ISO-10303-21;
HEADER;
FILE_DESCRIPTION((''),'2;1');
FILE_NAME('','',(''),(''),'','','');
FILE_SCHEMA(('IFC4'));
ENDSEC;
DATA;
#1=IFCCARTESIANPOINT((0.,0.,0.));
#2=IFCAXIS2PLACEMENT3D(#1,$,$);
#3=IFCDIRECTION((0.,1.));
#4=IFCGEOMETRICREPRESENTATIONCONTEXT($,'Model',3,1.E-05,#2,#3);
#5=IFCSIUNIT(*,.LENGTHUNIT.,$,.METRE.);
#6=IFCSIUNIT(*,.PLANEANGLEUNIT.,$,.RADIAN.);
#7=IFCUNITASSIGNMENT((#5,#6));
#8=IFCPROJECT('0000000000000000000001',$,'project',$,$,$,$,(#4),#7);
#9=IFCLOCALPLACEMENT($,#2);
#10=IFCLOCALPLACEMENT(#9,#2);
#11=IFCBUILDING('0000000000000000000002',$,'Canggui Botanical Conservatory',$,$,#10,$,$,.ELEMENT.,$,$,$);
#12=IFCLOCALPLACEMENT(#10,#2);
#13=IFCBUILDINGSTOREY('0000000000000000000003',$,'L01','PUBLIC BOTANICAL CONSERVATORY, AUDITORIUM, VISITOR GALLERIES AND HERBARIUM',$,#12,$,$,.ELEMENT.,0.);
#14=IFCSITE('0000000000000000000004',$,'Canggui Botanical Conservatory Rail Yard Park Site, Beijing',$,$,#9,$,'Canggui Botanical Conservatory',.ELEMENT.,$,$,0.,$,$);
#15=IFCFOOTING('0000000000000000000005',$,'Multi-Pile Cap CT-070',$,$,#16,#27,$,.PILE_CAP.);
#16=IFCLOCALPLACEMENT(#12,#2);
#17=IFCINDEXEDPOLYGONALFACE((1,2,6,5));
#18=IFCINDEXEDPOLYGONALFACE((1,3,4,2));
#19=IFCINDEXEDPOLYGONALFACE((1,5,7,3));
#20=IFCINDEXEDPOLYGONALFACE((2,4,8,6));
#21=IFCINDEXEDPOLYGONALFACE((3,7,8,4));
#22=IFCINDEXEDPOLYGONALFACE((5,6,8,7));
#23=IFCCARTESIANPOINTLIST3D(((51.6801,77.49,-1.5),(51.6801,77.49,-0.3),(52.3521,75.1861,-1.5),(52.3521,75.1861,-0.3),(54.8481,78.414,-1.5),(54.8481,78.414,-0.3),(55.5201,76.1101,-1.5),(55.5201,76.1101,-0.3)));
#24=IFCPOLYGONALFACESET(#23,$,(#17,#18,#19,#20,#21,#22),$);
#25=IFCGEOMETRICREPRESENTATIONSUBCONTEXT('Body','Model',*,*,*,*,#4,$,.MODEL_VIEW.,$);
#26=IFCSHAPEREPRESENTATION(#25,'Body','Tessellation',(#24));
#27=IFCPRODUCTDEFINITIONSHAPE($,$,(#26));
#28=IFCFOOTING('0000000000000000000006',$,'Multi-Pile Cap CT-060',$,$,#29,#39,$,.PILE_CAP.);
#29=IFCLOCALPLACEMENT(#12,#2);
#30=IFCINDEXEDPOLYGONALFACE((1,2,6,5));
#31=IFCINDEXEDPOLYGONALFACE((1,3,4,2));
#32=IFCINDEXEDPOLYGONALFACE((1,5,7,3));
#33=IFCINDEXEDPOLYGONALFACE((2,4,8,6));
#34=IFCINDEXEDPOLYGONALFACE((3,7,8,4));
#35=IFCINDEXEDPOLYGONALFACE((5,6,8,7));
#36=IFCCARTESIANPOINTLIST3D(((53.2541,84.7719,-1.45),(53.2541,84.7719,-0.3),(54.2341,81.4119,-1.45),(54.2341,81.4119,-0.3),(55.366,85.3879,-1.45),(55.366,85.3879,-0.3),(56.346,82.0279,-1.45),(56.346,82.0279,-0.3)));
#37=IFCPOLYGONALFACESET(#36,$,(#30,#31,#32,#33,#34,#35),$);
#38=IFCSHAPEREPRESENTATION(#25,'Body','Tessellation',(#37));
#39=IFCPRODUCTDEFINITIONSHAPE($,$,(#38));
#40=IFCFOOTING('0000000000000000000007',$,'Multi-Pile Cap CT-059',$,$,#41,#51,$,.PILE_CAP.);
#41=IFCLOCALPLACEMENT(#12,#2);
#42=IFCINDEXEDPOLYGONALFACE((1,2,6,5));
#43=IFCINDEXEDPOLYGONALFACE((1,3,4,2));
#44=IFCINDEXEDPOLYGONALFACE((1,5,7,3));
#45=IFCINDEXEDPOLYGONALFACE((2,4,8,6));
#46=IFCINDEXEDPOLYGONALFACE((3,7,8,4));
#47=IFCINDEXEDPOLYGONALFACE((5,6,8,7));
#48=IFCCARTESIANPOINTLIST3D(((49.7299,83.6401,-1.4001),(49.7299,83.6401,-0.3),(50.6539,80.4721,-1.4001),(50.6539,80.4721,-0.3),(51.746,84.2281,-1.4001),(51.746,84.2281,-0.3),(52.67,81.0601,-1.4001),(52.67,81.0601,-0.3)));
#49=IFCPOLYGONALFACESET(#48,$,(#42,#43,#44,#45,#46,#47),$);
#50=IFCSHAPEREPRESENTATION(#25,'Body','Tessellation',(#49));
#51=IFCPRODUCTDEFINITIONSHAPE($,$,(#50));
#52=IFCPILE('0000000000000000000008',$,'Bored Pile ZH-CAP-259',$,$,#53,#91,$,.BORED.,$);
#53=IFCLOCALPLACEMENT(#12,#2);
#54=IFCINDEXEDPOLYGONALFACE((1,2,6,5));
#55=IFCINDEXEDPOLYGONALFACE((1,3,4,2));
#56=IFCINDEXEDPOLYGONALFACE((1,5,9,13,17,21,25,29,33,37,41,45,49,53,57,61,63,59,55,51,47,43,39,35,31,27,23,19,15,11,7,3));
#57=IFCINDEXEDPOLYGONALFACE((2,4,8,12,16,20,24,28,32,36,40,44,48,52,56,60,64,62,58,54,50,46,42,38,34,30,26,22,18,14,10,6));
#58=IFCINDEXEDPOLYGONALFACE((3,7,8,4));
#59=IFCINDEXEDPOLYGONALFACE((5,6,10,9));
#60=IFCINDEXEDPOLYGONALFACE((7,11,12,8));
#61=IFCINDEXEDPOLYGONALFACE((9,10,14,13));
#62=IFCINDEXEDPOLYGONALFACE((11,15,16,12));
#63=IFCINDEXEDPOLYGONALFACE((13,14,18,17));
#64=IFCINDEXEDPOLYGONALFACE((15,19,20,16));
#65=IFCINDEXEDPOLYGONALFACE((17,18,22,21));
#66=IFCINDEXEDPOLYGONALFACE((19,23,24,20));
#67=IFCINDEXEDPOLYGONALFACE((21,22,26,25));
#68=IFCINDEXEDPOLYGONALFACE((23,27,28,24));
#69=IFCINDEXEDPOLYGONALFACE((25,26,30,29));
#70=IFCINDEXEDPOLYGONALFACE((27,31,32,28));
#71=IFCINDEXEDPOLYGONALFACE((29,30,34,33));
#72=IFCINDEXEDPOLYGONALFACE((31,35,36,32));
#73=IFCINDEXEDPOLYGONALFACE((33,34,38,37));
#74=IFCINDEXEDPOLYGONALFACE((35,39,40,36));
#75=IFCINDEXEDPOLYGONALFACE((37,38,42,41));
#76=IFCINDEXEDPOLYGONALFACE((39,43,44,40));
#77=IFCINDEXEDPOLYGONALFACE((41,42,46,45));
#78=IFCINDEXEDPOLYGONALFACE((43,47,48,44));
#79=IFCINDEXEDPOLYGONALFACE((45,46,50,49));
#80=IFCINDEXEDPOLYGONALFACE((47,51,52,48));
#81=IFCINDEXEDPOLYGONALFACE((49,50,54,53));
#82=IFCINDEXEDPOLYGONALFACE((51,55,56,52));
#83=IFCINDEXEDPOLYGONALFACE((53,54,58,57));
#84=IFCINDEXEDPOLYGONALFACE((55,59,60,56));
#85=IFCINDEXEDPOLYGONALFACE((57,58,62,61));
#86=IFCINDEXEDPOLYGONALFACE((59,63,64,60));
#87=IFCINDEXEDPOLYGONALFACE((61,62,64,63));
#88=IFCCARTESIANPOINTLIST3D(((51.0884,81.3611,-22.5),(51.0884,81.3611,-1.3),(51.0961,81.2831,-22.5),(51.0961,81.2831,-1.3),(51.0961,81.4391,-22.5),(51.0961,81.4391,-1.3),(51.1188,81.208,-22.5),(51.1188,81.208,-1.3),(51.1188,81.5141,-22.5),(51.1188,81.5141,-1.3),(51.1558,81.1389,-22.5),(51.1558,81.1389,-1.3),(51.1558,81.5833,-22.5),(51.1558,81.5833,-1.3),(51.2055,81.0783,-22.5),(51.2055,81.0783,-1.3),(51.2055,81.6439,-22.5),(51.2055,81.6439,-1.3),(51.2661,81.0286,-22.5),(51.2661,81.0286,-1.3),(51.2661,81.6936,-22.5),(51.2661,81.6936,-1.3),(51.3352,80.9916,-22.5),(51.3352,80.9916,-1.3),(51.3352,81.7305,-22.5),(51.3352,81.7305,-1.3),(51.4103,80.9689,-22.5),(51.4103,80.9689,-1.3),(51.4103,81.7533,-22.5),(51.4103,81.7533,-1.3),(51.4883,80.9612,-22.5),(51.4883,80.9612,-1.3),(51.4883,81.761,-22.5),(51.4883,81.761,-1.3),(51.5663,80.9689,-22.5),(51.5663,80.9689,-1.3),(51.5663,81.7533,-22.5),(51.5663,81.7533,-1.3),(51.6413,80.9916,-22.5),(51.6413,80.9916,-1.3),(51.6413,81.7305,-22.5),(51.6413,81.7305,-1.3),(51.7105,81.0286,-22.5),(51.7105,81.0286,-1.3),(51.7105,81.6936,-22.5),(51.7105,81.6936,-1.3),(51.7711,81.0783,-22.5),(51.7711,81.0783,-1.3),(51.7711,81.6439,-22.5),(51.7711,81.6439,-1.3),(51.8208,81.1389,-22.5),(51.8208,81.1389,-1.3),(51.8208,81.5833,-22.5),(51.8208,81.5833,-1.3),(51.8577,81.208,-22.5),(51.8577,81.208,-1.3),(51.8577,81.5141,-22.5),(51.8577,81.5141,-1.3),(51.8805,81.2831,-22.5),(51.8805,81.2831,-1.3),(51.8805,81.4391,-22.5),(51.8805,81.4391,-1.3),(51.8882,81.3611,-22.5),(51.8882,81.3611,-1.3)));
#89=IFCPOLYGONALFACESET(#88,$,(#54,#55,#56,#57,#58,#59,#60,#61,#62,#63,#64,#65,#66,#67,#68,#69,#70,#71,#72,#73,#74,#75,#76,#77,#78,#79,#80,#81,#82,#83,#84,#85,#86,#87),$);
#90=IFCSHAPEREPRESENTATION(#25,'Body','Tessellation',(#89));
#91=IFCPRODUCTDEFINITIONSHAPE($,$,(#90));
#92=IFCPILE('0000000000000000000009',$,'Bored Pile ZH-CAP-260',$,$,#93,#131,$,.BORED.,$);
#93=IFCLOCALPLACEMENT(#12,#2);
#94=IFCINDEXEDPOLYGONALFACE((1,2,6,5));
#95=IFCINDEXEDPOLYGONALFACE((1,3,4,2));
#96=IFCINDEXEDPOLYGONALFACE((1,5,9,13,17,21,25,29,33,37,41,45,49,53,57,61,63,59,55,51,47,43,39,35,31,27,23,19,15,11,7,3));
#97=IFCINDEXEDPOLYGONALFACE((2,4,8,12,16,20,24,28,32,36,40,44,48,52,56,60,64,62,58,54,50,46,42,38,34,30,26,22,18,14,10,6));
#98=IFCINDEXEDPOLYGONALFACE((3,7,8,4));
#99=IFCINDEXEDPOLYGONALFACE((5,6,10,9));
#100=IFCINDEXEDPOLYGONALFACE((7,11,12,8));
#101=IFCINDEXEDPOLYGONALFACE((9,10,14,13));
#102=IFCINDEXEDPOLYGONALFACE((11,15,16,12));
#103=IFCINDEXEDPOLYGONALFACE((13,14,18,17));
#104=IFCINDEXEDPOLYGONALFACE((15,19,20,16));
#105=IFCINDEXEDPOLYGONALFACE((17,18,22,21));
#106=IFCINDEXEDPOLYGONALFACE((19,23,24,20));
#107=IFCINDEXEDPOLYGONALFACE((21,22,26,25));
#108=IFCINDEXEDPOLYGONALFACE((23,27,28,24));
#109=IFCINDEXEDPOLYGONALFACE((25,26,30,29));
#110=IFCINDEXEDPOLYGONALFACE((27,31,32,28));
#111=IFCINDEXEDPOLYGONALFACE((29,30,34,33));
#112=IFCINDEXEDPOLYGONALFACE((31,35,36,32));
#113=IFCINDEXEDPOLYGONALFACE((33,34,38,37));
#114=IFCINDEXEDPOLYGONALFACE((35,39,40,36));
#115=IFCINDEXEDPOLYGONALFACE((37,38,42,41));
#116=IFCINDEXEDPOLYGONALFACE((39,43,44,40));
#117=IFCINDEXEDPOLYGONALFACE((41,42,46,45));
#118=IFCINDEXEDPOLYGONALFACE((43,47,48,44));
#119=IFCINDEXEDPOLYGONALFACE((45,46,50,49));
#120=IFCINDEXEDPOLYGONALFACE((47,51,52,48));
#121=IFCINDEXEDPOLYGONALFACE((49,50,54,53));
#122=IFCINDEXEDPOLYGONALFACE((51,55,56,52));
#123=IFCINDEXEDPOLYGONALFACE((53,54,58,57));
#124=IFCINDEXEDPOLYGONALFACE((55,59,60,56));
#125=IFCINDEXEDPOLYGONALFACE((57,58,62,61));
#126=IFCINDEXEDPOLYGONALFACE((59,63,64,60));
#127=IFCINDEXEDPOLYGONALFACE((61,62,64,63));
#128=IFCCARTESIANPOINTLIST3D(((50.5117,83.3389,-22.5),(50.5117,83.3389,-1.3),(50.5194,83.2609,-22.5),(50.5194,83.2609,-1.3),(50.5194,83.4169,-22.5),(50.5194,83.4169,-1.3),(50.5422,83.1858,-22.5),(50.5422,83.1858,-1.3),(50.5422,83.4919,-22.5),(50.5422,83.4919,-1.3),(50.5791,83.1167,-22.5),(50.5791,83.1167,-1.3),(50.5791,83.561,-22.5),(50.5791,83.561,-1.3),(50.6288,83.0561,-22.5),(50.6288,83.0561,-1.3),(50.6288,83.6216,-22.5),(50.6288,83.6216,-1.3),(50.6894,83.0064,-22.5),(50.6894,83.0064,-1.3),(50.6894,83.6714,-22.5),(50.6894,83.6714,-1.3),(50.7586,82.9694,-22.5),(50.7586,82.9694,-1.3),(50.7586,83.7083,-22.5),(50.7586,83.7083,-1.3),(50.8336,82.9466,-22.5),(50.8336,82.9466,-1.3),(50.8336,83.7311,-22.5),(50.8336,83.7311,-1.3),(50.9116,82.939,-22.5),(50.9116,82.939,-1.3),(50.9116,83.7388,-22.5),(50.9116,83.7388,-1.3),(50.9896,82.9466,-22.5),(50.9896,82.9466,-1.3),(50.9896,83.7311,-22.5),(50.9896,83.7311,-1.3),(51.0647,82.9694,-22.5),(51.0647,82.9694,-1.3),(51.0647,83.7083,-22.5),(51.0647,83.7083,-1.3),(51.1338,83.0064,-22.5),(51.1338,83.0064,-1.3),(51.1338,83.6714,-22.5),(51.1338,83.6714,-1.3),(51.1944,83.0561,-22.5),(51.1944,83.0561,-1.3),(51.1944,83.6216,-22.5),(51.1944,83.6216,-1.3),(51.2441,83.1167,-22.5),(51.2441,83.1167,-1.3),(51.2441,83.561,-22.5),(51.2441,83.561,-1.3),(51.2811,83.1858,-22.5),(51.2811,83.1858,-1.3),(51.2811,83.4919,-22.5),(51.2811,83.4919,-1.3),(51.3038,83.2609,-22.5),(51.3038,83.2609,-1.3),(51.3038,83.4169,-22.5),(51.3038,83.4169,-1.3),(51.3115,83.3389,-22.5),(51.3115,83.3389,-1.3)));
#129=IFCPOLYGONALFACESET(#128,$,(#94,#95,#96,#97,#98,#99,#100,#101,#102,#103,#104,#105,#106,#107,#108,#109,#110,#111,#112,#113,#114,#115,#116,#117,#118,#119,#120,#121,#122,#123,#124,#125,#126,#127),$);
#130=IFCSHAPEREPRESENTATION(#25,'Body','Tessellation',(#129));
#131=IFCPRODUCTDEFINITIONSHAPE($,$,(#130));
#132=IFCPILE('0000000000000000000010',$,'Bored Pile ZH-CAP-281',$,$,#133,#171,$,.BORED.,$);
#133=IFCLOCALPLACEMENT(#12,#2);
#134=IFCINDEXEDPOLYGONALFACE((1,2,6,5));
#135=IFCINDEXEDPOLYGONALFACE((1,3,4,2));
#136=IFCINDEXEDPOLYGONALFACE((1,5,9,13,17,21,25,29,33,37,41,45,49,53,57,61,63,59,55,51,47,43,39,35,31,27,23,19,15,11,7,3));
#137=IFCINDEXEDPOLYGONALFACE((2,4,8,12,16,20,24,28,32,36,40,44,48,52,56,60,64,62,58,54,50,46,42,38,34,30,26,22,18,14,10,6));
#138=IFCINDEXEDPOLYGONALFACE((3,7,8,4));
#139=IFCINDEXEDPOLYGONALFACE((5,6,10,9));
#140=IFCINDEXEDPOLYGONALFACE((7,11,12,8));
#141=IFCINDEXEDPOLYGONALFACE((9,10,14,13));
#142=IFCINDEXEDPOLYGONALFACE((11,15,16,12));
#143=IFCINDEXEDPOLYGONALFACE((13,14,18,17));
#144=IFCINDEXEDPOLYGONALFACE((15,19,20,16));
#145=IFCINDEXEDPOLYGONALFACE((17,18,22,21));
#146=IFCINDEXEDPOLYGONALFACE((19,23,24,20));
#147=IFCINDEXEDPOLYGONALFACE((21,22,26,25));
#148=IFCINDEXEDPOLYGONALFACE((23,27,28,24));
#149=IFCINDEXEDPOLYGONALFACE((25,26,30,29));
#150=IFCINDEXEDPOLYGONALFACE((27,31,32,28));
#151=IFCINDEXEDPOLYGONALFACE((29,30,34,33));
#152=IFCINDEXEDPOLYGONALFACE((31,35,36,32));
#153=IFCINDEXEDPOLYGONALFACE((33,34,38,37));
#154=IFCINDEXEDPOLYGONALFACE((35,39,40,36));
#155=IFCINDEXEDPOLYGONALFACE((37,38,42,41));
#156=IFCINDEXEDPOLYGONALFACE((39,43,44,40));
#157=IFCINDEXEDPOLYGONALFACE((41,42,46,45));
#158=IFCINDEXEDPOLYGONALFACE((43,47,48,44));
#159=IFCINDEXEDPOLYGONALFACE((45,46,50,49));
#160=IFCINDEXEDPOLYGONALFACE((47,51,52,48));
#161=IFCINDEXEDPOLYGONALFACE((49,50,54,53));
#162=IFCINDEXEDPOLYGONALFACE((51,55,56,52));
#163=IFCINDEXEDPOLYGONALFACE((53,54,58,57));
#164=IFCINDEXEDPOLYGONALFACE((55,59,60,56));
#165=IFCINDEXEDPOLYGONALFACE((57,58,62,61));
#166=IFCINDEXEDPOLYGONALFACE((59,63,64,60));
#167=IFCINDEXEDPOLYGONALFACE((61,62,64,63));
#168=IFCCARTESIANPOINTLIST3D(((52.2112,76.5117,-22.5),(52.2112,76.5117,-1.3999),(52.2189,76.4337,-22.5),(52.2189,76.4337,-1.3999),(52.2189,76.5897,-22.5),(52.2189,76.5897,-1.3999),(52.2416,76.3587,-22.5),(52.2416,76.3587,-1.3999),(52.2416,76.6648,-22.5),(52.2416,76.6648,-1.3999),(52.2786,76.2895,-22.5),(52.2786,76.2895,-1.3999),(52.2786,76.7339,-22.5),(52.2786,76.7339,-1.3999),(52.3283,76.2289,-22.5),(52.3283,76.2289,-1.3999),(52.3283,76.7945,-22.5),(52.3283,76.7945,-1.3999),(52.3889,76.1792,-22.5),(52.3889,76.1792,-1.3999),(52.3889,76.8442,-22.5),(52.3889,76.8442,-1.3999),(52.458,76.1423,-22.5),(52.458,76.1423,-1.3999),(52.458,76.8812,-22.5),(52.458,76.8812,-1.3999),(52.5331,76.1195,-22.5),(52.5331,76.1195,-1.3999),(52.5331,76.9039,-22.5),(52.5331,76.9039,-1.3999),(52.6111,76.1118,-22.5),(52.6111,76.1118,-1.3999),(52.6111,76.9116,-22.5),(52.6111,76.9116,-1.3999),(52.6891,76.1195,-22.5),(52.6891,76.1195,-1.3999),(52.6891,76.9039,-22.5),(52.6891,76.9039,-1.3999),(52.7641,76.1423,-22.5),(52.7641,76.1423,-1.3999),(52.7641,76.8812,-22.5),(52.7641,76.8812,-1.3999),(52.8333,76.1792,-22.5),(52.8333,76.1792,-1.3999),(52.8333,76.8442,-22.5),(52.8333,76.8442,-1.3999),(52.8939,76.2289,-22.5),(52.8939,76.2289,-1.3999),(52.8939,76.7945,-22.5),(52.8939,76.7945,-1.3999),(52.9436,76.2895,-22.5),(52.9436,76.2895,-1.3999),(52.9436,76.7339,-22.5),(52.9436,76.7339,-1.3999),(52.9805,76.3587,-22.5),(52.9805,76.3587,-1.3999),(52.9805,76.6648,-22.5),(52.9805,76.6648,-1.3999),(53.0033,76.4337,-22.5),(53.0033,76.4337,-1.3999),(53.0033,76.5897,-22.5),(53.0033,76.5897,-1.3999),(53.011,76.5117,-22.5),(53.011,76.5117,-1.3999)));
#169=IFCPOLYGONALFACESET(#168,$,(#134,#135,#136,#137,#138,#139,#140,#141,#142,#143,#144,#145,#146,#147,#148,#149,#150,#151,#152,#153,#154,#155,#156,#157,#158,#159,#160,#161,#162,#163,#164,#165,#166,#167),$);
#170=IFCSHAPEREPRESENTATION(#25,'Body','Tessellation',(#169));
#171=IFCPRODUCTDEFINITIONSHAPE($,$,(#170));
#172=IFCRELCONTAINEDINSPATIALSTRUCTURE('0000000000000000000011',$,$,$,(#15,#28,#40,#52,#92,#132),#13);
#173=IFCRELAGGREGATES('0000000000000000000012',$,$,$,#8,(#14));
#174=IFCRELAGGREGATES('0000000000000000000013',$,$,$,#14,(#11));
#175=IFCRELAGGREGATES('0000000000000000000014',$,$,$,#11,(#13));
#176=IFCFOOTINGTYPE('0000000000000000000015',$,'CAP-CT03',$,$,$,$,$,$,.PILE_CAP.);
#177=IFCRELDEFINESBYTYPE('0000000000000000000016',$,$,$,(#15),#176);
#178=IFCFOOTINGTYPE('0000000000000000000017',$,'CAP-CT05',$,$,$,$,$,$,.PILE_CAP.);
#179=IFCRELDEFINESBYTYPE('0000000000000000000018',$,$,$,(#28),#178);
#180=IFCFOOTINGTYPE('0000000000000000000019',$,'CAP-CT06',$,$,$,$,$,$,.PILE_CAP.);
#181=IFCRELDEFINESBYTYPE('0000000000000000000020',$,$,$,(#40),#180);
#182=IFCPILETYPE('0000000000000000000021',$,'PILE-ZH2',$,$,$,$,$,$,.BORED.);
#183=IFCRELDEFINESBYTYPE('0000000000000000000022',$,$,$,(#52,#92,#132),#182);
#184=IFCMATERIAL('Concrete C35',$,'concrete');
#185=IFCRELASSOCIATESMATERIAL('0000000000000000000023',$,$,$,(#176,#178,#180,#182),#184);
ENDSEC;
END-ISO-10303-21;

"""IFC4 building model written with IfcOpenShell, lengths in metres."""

from ifc_helpers import new_model, si_unit, direction, frame, origin, origin_2d, place, context, subcontext, project, spatial, rectangle, circle, extrude, material, material_profile, profile_set, type_object, element, save


model = new_model("IFC4")

# Units and contexts
model_context = context("Model", 3, precision=1e-05, world=origin(), true_north=direction((0.0, 1.0)))
body_context = subcontext(model_context, "Body", "Model", "MODEL_VIEW")
ifc_project = project(units=[si_unit("LENGTHUNIT", "METRE"), si_unit("PLANEANGLEUNIT", "RADIAN")], contexts=[model_context])

# Site, building, storey
site_placement = place(None, origin())
site = spatial("IfcSite", under=ifc_project, at=site_placement, Name="Canggui Botanical Conservatory Rail Yard Park Site, Beijing", LongName="Canggui Botanical Conservatory", CompositionType="ELEMENT", RefElevation=0.0)
building_placement = place(site_placement, origin())
building = spatial("IfcBuilding", under=site, at=building_placement, Name="Canggui Botanical Conservatory", CompositionType="ELEMENT")
storey_placement = place(building_placement, origin())
storey = spatial("IfcBuildingStorey", under=building, at=storey_placement, Name="L01", Description="PUBLIC BOTANICAL CONSERVATORY, AUDITORIUM, VISITOR GALLERIES AND HERBARIUM", CompositionType="ELEMENT", Elevation=0.0)

# Footings
ifc_material_1 = material(Name="Concrete C35", Category="concrete")
footing_type_1 = type_object("IfcFootingType", Name="CAP-CT03", PredefinedType="PILE_CAP", material=ifc_material_1)
footing_1_placement = place(storey_placement, frame((53.6001, 76.8, -1.5), z_axis=(0.0, 0.0, 1.0), x_axis=(0.96, 0.28, 0.0)))
element("IfcFooting", 1, at=footing_1_placement, inside=storey, type_object=footing_type_1, Name="Multi-Pile Cap CT-070", PredefinedType="PILE_CAP", context=body_context, shape_type="SweptSolid", body=[
    extrude(rectangle(XDim=3.3, YDim=2.3999, at=origin_2d()), origin(), (0.0, 0.0, 1.0), 1.2),
])
footing_type_2 = type_object("IfcFootingType", Name="CAP-CT05", PredefinedType="PILE_CAP", material=ifc_material_1)
footing_2_placement = place(storey_placement, frame((54.8, 83.3999, -1.45), z_axis=(0.0, 0.0, 1.0), x_axis=(-0.28, 0.96, 0.0)))
element("IfcFooting", 2, at=footing_2_placement, inside=storey, type_object=footing_type_2, Name="Multi-Pile Cap CT-060", PredefinedType="PILE_CAP", context=body_context, shape_type="SweptSolid", body=[
    extrude(rectangle(XDim=3.5, YDim=2.2, at=origin_2d()), origin(), (0.0, 0.0, 1.0), 1.1499),
])
footing_type_3 = type_object("IfcFootingType", Name="CAP-CT06", PredefinedType="PILE_CAP", material=ifc_material_1)
footing_3_placement = place(storey_placement, frame((51.2, 82.3501, -1.4001), z_axis=(0.0, 0.0, 1.0), x_axis=(-0.28, 0.96, 0.0)))
element("IfcFooting", 3, at=footing_3_placement, inside=storey, type_object=footing_type_3, Name="Multi-Pile Cap CT-059", PredefinedType="PILE_CAP", context=body_context, shape_type="SweptSolid", body=[
    extrude(rectangle(XDim=3.3, YDim=2.1001, at=origin_2d()), origin(), (0.0, 0.0, 1.0), 1.1001),
])

# Piles
ifc_material_profile_1 = material_profile(ifc_material_1, circle(Radius=0.3999, at=origin_2d()), Name="PILE D800")
ifc_profile_set_1 = profile_set([ifc_material_profile_1], Name="Concrete C35")
pile_type = type_object("IfcPileType", Name="PILE-ZH2", PredefinedType="BORED", material=ifc_profile_set_1)
for number, where, z_axis, x_axis, name in (
    (4, (51.4883, 81.3611, -1.3), (0.0, 0.0, -1.0), (1.0, 0.0, 0.0), "Bored Pile ZH-CAP-259"),
    (5, (50.9116, 83.3389, -1.3), (0.0, 0.0, -1.0), (1.0, 0.0, 0.0), "Bored Pile ZH-CAP-260"),
):
    element("IfcPile", number, at=place(storey_placement, frame(where, z_axis=z_axis, x_axis=x_axis)), inside=storey, type_object=pile_type, Name=name, PredefinedType="BORED", context=body_context, shape_type="SweptSolid", body=[
        extrude(circle(Radius=0.3999, at=origin_2d()), origin(), (0.0, 0.0, 1.0), 21.2),
    ])
for number, where, z_axis, x_axis, name in (
    (6, (52.6111, 76.5117, -1.3999), (0.0, 0.0, -1.0), (1.0, 0.0, 0.0), "Bored Pile ZH-CAP-281"),
):
    element("IfcPile", number, at=place(storey_placement, frame(where, z_axis=z_axis, x_axis=x_axis)), inside=storey, type_object=pile_type, Name=name, PredefinedType="BORED", context=body_context, shape_type="SweptSolid", body=[
        extrude(circle(Radius=0.3999, at=origin_2d()), origin(), (0.0, 0.0, 1.0), 21.1001),
    ])

save(model, "model.ifc")
